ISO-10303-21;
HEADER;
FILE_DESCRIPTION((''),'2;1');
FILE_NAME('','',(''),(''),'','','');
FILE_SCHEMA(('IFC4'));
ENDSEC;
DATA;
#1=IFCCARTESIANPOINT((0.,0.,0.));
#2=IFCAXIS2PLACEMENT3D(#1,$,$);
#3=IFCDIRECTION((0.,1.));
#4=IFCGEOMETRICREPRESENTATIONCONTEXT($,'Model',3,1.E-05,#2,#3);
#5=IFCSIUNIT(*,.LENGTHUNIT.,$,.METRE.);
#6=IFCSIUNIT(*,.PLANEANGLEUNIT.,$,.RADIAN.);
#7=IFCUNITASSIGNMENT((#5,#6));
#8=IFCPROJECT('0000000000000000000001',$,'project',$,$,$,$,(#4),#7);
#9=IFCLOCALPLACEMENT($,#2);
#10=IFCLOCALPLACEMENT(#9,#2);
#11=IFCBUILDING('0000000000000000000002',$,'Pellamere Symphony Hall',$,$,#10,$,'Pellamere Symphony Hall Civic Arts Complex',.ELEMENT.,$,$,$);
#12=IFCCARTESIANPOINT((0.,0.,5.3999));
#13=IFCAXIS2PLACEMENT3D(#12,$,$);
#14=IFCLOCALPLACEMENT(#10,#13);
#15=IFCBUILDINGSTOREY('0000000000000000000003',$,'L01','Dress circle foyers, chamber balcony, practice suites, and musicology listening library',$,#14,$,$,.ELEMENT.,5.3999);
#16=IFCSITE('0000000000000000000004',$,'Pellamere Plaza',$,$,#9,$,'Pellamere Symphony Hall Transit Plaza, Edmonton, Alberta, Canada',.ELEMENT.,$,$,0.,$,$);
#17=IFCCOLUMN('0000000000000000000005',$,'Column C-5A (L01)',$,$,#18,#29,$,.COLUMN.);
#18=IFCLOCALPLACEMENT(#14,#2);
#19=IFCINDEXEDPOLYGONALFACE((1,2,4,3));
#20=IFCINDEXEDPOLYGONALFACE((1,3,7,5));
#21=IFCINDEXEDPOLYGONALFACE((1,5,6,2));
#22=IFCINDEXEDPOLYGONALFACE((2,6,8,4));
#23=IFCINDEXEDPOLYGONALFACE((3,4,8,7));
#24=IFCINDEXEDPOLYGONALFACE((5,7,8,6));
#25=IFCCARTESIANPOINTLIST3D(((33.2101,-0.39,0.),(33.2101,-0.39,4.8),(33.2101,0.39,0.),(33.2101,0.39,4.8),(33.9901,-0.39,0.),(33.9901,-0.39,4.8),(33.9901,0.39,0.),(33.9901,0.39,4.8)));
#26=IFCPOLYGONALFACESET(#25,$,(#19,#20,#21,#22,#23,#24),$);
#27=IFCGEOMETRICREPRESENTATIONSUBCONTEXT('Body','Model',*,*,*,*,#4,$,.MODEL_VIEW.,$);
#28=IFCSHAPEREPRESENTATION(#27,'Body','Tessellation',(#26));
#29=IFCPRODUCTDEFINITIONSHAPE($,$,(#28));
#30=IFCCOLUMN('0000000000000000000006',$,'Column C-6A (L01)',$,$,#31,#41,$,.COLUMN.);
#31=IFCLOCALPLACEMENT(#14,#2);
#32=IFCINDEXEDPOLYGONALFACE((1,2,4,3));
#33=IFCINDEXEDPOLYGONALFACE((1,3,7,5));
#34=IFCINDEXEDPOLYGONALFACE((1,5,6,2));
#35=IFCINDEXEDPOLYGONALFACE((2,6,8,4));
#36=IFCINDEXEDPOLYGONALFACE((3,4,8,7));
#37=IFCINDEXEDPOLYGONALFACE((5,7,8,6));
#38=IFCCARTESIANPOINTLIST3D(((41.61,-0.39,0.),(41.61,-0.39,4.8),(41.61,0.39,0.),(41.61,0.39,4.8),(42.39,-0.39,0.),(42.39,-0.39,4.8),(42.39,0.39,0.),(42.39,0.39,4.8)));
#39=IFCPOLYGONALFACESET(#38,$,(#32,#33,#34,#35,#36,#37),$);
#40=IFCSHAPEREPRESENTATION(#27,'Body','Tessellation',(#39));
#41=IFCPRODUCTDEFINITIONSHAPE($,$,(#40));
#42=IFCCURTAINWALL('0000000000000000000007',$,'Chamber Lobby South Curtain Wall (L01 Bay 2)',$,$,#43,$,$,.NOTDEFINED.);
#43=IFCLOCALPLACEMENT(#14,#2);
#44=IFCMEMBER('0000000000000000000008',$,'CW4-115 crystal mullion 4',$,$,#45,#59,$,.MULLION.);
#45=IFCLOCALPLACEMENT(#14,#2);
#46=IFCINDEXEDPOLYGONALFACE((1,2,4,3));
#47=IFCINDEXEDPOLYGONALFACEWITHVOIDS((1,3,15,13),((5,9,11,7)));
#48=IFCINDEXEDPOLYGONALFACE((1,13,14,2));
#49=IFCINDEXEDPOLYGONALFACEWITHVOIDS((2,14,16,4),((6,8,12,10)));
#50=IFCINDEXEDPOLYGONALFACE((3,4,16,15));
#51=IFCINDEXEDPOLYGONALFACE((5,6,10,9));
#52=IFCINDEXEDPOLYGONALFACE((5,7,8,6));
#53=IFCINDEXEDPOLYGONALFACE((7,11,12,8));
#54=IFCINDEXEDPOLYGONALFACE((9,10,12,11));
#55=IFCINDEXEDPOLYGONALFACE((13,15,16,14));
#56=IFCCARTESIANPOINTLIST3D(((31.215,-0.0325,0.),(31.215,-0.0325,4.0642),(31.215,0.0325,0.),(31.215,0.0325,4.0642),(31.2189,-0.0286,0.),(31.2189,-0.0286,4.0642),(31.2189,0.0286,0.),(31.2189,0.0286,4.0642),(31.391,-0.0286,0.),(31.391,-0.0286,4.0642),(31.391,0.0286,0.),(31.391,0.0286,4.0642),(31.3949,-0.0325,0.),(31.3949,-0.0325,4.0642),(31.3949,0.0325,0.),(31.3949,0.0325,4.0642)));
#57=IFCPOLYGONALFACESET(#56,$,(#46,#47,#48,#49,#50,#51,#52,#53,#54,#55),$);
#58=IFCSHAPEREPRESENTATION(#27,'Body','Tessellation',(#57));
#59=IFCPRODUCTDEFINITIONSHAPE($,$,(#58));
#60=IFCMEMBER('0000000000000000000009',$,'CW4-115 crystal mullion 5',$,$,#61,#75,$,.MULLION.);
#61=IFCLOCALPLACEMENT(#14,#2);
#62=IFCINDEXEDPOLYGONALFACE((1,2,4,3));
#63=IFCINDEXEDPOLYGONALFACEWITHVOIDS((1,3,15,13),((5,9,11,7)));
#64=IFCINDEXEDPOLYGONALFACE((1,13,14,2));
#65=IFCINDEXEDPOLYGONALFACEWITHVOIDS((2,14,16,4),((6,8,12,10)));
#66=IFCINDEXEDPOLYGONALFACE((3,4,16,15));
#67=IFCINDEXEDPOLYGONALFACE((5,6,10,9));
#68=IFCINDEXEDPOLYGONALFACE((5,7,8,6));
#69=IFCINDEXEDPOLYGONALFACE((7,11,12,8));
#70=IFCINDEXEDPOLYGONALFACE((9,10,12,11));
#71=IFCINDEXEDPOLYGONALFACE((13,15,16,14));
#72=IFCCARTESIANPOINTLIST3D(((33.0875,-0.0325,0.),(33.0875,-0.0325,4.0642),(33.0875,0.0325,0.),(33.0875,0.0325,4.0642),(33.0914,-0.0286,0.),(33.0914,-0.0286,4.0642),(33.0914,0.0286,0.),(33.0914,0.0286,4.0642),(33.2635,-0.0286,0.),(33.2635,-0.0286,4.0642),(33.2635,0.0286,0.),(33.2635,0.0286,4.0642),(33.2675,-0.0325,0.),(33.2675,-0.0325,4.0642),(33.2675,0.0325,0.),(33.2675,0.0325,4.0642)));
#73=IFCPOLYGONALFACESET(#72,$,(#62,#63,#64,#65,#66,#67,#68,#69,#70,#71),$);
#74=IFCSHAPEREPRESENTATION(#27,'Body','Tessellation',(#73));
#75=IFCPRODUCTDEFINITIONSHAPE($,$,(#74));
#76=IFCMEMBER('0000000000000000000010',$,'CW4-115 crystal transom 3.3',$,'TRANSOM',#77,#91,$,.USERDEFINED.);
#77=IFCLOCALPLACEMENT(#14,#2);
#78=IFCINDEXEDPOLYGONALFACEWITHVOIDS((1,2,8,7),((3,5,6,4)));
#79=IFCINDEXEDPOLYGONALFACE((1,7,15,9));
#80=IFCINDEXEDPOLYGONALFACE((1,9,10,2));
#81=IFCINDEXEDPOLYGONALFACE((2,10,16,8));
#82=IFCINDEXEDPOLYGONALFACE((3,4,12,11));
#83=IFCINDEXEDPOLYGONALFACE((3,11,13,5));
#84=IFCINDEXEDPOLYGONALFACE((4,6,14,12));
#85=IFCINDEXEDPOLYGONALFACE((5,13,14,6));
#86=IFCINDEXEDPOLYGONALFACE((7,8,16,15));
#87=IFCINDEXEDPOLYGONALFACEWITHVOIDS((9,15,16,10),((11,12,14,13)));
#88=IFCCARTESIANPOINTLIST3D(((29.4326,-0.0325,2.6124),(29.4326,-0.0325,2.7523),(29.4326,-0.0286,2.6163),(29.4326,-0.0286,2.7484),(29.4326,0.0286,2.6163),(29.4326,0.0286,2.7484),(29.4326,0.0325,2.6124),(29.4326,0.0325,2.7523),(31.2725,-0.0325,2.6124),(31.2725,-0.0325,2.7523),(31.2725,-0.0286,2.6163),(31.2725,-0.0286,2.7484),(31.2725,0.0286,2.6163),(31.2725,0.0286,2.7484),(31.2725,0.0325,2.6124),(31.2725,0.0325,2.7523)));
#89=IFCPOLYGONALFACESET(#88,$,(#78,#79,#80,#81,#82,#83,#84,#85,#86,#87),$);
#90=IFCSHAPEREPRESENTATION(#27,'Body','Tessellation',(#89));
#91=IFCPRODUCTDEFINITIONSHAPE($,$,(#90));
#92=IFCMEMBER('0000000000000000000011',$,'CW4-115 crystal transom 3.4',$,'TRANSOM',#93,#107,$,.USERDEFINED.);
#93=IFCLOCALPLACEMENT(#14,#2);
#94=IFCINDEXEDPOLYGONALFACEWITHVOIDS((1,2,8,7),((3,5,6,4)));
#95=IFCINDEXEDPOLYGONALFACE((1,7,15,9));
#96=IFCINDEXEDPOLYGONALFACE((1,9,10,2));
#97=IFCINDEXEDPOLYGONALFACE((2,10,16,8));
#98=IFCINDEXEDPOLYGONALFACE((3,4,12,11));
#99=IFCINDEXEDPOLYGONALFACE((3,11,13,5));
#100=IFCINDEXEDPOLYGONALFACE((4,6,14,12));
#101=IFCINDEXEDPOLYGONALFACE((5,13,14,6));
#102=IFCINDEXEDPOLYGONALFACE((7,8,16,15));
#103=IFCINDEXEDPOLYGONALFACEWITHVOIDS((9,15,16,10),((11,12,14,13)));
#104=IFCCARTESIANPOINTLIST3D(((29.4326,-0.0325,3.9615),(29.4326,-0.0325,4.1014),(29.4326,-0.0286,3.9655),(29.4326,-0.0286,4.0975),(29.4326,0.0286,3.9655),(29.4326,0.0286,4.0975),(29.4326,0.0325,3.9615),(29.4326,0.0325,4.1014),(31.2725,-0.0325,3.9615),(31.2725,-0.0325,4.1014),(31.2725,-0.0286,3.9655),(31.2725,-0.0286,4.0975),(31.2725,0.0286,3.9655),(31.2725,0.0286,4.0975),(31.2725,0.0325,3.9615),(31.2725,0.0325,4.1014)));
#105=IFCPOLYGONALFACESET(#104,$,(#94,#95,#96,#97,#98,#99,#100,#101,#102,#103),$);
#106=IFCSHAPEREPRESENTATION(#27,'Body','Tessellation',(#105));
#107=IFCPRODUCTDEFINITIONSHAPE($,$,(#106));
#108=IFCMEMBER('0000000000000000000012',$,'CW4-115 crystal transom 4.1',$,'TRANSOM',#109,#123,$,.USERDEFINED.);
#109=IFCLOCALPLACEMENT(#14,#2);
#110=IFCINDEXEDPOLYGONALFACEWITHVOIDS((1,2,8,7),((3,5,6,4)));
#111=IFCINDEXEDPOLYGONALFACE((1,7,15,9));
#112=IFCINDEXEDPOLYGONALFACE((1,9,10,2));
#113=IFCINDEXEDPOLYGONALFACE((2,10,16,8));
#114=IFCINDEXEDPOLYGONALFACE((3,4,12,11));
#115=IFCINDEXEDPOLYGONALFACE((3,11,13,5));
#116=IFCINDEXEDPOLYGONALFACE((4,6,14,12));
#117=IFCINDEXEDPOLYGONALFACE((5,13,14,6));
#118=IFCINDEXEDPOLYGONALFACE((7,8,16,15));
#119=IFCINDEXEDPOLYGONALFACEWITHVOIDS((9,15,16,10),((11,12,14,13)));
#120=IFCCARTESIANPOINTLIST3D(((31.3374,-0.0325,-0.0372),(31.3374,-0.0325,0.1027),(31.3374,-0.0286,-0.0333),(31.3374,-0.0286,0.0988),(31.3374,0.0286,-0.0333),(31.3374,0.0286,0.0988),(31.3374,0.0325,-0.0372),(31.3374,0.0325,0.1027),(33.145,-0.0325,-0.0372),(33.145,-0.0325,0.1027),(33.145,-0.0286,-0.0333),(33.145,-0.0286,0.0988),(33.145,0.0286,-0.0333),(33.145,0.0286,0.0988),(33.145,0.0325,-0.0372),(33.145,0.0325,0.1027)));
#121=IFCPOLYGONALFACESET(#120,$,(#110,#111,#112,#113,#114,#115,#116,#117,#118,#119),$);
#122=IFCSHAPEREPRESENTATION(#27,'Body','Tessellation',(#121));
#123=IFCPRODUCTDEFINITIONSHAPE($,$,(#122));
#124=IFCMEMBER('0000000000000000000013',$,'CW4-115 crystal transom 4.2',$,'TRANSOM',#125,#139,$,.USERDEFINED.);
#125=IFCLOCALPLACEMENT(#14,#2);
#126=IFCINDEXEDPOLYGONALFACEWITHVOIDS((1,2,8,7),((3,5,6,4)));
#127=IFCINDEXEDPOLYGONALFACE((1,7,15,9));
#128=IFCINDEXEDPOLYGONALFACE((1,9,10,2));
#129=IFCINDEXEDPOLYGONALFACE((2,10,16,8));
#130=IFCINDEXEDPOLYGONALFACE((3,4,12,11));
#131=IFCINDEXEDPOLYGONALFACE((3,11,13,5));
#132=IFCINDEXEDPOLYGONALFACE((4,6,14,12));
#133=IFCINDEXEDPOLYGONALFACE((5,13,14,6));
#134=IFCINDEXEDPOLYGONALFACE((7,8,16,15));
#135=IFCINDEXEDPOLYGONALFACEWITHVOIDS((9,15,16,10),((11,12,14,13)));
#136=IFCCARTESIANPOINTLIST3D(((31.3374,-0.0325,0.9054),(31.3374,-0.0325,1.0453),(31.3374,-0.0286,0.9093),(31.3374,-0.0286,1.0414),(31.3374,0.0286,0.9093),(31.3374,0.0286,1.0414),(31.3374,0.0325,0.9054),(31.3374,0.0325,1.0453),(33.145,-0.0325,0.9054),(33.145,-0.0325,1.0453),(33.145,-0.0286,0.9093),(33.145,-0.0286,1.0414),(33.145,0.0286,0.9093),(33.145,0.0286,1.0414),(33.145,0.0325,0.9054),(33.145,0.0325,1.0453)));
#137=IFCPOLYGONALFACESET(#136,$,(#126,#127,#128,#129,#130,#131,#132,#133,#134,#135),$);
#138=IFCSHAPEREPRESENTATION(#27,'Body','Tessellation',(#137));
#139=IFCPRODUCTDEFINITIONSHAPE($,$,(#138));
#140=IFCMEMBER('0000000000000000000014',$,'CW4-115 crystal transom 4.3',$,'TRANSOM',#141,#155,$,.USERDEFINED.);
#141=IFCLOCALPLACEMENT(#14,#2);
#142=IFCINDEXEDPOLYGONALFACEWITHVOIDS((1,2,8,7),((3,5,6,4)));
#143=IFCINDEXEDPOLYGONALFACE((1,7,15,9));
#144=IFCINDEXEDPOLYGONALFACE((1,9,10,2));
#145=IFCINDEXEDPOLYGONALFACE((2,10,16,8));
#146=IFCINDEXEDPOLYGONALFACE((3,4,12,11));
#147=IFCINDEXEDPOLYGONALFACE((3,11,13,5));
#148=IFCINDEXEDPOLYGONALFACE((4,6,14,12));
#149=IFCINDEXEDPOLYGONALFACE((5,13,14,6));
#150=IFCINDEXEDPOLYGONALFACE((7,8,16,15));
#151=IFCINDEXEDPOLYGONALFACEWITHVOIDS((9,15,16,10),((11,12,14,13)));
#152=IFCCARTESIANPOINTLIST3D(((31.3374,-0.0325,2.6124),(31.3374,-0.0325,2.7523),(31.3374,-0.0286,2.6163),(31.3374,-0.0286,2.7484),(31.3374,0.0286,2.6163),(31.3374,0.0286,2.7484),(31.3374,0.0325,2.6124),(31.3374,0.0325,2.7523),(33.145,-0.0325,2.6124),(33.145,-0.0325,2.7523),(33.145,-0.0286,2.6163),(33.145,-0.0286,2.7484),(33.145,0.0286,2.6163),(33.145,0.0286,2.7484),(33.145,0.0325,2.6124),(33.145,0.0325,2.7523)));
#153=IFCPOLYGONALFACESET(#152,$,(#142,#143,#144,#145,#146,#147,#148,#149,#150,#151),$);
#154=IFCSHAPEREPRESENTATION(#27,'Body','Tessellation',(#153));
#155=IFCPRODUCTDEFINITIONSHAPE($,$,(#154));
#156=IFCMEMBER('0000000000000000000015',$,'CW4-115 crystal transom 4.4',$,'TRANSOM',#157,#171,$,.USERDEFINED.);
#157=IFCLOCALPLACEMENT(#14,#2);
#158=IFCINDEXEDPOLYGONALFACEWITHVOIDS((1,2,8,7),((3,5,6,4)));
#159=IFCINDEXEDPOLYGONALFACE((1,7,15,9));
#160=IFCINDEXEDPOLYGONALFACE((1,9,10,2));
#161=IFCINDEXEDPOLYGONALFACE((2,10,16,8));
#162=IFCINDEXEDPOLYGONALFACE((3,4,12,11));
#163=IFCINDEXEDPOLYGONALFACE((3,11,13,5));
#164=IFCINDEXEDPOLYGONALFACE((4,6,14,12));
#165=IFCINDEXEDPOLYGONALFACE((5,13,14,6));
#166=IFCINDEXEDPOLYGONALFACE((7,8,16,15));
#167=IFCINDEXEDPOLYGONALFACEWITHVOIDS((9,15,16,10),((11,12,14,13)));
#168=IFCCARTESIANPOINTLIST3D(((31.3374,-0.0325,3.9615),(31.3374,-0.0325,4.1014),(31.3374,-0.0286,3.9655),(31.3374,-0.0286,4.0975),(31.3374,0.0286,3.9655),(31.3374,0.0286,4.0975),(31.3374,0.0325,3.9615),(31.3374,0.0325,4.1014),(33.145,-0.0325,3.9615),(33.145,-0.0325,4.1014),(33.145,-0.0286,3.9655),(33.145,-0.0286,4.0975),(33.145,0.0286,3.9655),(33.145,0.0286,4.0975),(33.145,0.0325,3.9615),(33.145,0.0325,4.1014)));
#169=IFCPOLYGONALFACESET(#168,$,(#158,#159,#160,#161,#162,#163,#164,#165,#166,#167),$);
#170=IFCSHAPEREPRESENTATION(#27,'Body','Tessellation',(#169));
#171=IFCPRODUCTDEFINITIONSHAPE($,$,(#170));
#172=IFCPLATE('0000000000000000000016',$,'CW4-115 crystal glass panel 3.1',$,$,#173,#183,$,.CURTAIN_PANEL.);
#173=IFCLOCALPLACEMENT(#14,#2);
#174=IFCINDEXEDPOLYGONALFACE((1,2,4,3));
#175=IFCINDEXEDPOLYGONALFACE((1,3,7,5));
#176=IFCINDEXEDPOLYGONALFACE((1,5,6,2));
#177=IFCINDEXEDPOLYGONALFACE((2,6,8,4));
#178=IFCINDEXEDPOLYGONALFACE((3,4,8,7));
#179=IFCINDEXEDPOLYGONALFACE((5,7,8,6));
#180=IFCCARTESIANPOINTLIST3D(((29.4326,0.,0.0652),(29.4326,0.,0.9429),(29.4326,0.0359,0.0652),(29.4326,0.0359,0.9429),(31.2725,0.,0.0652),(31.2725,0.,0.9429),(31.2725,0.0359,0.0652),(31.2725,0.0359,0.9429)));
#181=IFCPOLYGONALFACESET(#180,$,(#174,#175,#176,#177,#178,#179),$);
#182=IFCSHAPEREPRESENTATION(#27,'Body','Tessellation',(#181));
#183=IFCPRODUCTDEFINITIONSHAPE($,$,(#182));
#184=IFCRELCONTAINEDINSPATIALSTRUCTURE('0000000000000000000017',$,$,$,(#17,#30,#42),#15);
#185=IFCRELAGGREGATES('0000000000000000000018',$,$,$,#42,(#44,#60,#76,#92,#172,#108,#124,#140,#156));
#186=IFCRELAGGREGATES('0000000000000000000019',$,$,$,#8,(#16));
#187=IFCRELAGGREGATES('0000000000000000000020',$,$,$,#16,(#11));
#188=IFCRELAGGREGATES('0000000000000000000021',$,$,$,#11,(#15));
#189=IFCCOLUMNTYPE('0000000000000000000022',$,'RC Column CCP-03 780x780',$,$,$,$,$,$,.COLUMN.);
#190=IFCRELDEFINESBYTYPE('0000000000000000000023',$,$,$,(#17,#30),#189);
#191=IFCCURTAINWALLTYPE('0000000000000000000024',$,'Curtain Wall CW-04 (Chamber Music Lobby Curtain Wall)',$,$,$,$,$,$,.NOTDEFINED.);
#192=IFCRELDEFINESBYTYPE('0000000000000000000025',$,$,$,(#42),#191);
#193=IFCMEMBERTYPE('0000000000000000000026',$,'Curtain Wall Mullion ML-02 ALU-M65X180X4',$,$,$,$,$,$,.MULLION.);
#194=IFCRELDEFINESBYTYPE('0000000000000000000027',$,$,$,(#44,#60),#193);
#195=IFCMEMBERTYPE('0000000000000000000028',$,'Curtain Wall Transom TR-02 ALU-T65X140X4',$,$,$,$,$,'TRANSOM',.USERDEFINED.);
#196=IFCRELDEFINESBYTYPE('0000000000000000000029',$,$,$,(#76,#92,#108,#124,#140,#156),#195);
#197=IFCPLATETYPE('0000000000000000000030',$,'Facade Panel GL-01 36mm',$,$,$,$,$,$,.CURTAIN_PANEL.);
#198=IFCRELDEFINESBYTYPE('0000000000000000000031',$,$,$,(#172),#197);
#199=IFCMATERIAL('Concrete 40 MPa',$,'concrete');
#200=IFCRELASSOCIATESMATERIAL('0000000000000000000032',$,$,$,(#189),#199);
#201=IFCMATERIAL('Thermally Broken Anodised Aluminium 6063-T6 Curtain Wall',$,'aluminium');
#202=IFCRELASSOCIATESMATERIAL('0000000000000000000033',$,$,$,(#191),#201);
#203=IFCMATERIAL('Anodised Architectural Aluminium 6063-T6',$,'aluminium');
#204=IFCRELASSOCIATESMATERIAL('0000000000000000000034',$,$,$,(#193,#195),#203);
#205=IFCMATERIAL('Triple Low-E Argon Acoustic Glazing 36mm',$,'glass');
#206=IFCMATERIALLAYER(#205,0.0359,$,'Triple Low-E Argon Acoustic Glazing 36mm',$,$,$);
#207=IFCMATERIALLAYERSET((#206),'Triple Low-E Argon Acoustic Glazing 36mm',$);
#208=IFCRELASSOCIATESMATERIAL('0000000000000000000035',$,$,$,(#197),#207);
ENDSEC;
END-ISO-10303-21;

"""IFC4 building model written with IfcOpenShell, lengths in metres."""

from ifc_helpers import new_model, si_unit, direction, frame, origin, origin_2d, place, context, subcontext, project, spatial, polyline, rectangle, hollow_rectangle, outline, extrude, material, layer, layer_set, material_profile, profile_set, type_object, element, aggregate, save


model = new_model("IFC4")

# Units and contexts
model_context = context("Model", 3, precision=1e-05, world=origin(), true_north=direction((0.0, 1.0)))
body_context = subcontext(model_context, "Body", "Model", "MODEL_VIEW")
ifc_project = project(units=[si_unit("LENGTHUNIT", "METRE"), si_unit("PLANEANGLEUNIT", "RADIAN")], contexts=[model_context])

# Site, building, storey
site_placement = place(None, origin())
site = spatial("IfcSite", under=ifc_project, at=site_placement, Name="Pellamere Plaza", LongName="Pellamere Symphony Hall Transit Plaza, Edmonton, Alberta, Canada", CompositionType="ELEMENT", RefElevation=0.0)
building_placement = place(site_placement, origin())
building = spatial("IfcBuilding", under=site, at=building_placement, Name="Pellamere Symphony Hall", LongName="Pellamere Symphony Hall Civic Arts Complex", CompositionType="ELEMENT")
storey_placement = place(building_placement, frame((0.0, 0.0, 5.3999)))
storey = spatial("IfcBuildingStorey", under=building, at=storey_placement, Name="L01", Description="Dress circle foyers, chamber balcony, practice suites, and musicology listening library", CompositionType="ELEMENT", Elevation=5.3999)

# Columns
ifc_material_1 = material(Name="Concrete 40 MPa", Category="concrete")
ifc_material_profile_1 = material_profile(ifc_material_1, rectangle(XDim=0.78, YDim=0.78, at=origin_2d()), Name="RC 780x780")
ifc_profile_set_1 = profile_set([ifc_material_profile_1], Name="Concrete 40 MPa")
column_type = type_object("IfcColumnType", Name="RC Column CCP-03 780x780", PredefinedType="COLUMN", material=ifc_profile_set_1)
for number, where, z_axis, x_axis, name in (
    (1, (33.6001, 0.0, 0.0), (0.0, 0.0, 1.0), (1.0, 0.0, 0.0), "Column C-5A (L01)"),
    (2, (42.0, 0.0, 0.0), (0.0, 0.0, 1.0), (1.0, 0.0, 0.0), "Column C-6A (L01)"),
):
    element("IfcColumn", number, at=place(storey_placement, frame(where, z_axis=z_axis, x_axis=x_axis)), inside=storey, type_object=column_type, Name=name, PredefinedType="COLUMN", context=body_context, shape_type="SweptSolid", body=[
        extrude(rectangle(XDim=0.78, YDim=0.78, at=origin_2d()), origin(), (0.0, 0.0, 1.0), 4.8),
    ])

# Curtain wall, members, plate
ifc_material_2 = material(Name="Thermally Broken Anodised Aluminium 6063-T6 Curtain Wall", Category="aluminium")
curtain_wall_type = type_object("IfcCurtainWallType", Name="Curtain Wall CW-04 (Chamber Music Lobby Curtain Wall)", PredefinedType="NOTDEFINED", material=ifc_material_2)
curtain_wall_placement = place(storey_placement, origin())
curtain_wall = element("IfcCurtainWall", 3, at=curtain_wall_placement, inside=storey, type_object=curtain_wall_type, Name="Chamber Lobby South Curtain Wall (L01 Bay 2)", PredefinedType="NOTDEFINED")
ifc_material_3 = material(Name="Anodised Architectural Aluminium 6063-T6", Category="aluminium")
ifc_material_profile_2 = material_profile(ifc_material_3, hollow_rectangle(XDim=0.0649, YDim=0.1799, WallThickness=0.0039, at=origin_2d()), Name="ALU-M65X180X4")
ifc_profile_set_2 = profile_set([ifc_material_profile_2], Name="Anodised Architectural Aluminium 6063-T6")
member_type_1 = type_object("IfcMemberType", Name="Curtain Wall Mullion ML-02 ALU-M65X180X4", PredefinedType="MULLION", material=ifc_profile_set_2)
member_1_placement = place(storey_placement, frame((31.3049, 0.0, 0.0), z_axis=(0.0, 0.0, 1.0), x_axis=(0.0, 1.0, 0.0)))
member_1 = element("IfcMember", 4, at=member_1_placement, type_object=member_type_1, Name="CW4-115 crystal mullion 4", PredefinedType="MULLION", context=body_context, shape_type="SweptSolid", body=[
    extrude(hollow_rectangle(XDim=0.0649, YDim=0.1799, WallThickness=0.0039, at=origin_2d()), origin(), (0.0, 0.0, 1.0), 4.0642),
])
member_2_placement = place(storey_placement, frame((33.1775, 0.0, 0.0), z_axis=(0.0, 0.0, 1.0), x_axis=(0.0, 1.0, 0.0)))
member_2 = element("IfcMember", 5, at=member_2_placement, type_object=member_type_1, Name="CW4-115 crystal mullion 5", PredefinedType="MULLION", context=body_context, shape_type="SweptSolid", body=[
    extrude(hollow_rectangle(XDim=0.0649, YDim=0.1799, WallThickness=0.0039, at=origin_2d()), origin(), (0.0, 0.0, 1.0), 4.0642),
])
ifc_material_profile_3 = material_profile(ifc_material_3, hollow_rectangle(XDim=0.0649, YDim=0.1399, WallThickness=0.0039, at=origin_2d()), Name="ALU-T65X140X4")
ifc_profile_set_3 = profile_set([ifc_material_profile_3], Name="Anodised Architectural Aluminium 6063-T6")
member_type_2 = type_object("IfcMemberType", Name="Curtain Wall Transom TR-02 ALU-T65X140X4", ElementType="TRANSOM", PredefinedType="USERDEFINED", material=ifc_profile_set_3)
member_3_placement = place(storey_placement, frame((29.4326, 0.0, 2.6824), z_axis=(1.0, 0.0, 0.0), x_axis=(0.0, 1.0, 0.0)))
member_3 = element("IfcMember", 6, at=member_3_placement, type_object=member_type_2, Name="CW4-115 crystal transom 3.3", ObjectType="TRANSOM", PredefinedType="USERDEFINED", context=body_context, shape_type="SweptSolid", body=[
    extrude(hollow_rectangle(XDim=0.0649, YDim=0.1399, WallThickness=0.0039, at=origin_2d()), origin(), (0.0, 0.0, 1.0), 1.8398),
])
member_4_placement = place(storey_placement, frame((29.4326, 0.0, 4.0315), z_axis=(1.0, 0.0, 0.0), x_axis=(0.0, 1.0, 0.0)))
member_4 = element("IfcMember", 7, at=member_4_placement, type_object=member_type_2, Name="CW4-115 crystal transom 3.4", ObjectType="TRANSOM", PredefinedType="USERDEFINED", context=body_context, shape_type="SweptSolid", body=[
    extrude(hollow_rectangle(XDim=0.0649, YDim=0.1399, WallThickness=0.0039, at=origin_2d()), origin(), (0.0, 0.0, 1.0), 1.8398),
])
member_5_placement = place(storey_placement, frame((31.3374, 0.0, 0.0327), z_axis=(1.0, 0.0, 0.0), x_axis=(0.0, 1.0, 0.0)))
member_5 = element("IfcMember", 8, at=member_5_placement, type_object=member_type_2, Name="CW4-115 crystal transom 4.1", ObjectType="TRANSOM", PredefinedType="USERDEFINED", context=body_context, shape_type="SweptSolid", body=[
    extrude(hollow_rectangle(XDim=0.0649, YDim=0.1399, WallThickness=0.0039, at=origin_2d()), origin(), (0.0, 0.0, 1.0), 1.8076),
])
member_6_placement = place(storey_placement, frame((31.3374, 0.0, 0.9753), z_axis=(1.0, 0.0, 0.0), x_axis=(0.0, 1.0, 0.0)))
member_6 = element("IfcMember", 9, at=member_6_placement, type_object=member_type_2, Name="CW4-115 crystal transom 4.2", ObjectType="TRANSOM", PredefinedType="USERDEFINED", context=body_context, shape_type="SweptSolid", body=[
    extrude(hollow_rectangle(XDim=0.0649, YDim=0.1399, WallThickness=0.0039, at=origin_2d()), origin(), (0.0, 0.0, 1.0), 1.8076),
])
member_7_placement = place(storey_placement, frame((31.3374, 0.0, 2.6824), z_axis=(1.0, 0.0, 0.0), x_axis=(0.0, 1.0, 0.0)))
member_7 = element("IfcMember", 10, at=member_7_placement, type_object=member_type_2, Name="CW4-115 crystal transom 4.3", ObjectType="TRANSOM", PredefinedType="USERDEFINED", context=body_context, shape_type="SweptSolid", body=[
    extrude(hollow_rectangle(XDim=0.0649, YDim=0.1399, WallThickness=0.0039, at=origin_2d()), origin(), (0.0, 0.0, 1.0), 1.8076),
])
member_8_placement = place(storey_placement, frame((31.3374, 0.0, 4.0315), z_axis=(1.0, 0.0, 0.0), x_axis=(0.0, 1.0, 0.0)))
member_8 = element("IfcMember", 11, at=member_8_placement, type_object=member_type_2, Name="CW4-115 crystal transom 4.4", ObjectType="TRANSOM", PredefinedType="USERDEFINED", context=body_context, shape_type="SweptSolid", body=[
    extrude(hollow_rectangle(XDim=0.0649, YDim=0.1399, WallThickness=0.0039, at=origin_2d()), origin(), (0.0, 0.0, 1.0), 1.8076),
])
ifc_material_4 = material(Name="Triple Low-E Argon Acoustic Glazing 36mm", Category="glass")
ifc_layer_1 = layer(ifc_material_4, 0.0359, Name="Triple Low-E Argon Acoustic Glazing 36mm")
ifc_layer_set_1 = layer_set([ifc_layer_1], Name="Triple Low-E Argon Acoustic Glazing 36mm")
plate_type = type_object("IfcPlateType", Name="Facade Panel GL-01 36mm", PredefinedType="CURTAIN_PANEL", material=ifc_layer_set_1)
plate_1_placement = place(storey_placement, frame((29.4326, 0.0, 0.0652), z_axis=(0.0, -1.0, 0.0), x_axis=(1.0, 0.0, 0.0)))
plate_1 = element("IfcPlate", 12, at=plate_1_placement, type_object=plate_type, Name="CW4-115 crystal glass panel 3.1", PredefinedType="CURTAIN_PANEL", context=body_context, shape_type="SweptSolid", body=[
    extrude(outline(polyline([(0.0, 0.0), (1.8398, 0.0), (1.8398, 0.8777), (0.0, 0.8777), (0.0, 0.0)])), origin(), (0.0, 0.0, -1.0), 0.0359),
])
aggregate(curtain_wall, [member_1, member_2, member_3, member_4, plate_1, member_5, member_6, member_7, member_8])

save(model, "model.ifc")
